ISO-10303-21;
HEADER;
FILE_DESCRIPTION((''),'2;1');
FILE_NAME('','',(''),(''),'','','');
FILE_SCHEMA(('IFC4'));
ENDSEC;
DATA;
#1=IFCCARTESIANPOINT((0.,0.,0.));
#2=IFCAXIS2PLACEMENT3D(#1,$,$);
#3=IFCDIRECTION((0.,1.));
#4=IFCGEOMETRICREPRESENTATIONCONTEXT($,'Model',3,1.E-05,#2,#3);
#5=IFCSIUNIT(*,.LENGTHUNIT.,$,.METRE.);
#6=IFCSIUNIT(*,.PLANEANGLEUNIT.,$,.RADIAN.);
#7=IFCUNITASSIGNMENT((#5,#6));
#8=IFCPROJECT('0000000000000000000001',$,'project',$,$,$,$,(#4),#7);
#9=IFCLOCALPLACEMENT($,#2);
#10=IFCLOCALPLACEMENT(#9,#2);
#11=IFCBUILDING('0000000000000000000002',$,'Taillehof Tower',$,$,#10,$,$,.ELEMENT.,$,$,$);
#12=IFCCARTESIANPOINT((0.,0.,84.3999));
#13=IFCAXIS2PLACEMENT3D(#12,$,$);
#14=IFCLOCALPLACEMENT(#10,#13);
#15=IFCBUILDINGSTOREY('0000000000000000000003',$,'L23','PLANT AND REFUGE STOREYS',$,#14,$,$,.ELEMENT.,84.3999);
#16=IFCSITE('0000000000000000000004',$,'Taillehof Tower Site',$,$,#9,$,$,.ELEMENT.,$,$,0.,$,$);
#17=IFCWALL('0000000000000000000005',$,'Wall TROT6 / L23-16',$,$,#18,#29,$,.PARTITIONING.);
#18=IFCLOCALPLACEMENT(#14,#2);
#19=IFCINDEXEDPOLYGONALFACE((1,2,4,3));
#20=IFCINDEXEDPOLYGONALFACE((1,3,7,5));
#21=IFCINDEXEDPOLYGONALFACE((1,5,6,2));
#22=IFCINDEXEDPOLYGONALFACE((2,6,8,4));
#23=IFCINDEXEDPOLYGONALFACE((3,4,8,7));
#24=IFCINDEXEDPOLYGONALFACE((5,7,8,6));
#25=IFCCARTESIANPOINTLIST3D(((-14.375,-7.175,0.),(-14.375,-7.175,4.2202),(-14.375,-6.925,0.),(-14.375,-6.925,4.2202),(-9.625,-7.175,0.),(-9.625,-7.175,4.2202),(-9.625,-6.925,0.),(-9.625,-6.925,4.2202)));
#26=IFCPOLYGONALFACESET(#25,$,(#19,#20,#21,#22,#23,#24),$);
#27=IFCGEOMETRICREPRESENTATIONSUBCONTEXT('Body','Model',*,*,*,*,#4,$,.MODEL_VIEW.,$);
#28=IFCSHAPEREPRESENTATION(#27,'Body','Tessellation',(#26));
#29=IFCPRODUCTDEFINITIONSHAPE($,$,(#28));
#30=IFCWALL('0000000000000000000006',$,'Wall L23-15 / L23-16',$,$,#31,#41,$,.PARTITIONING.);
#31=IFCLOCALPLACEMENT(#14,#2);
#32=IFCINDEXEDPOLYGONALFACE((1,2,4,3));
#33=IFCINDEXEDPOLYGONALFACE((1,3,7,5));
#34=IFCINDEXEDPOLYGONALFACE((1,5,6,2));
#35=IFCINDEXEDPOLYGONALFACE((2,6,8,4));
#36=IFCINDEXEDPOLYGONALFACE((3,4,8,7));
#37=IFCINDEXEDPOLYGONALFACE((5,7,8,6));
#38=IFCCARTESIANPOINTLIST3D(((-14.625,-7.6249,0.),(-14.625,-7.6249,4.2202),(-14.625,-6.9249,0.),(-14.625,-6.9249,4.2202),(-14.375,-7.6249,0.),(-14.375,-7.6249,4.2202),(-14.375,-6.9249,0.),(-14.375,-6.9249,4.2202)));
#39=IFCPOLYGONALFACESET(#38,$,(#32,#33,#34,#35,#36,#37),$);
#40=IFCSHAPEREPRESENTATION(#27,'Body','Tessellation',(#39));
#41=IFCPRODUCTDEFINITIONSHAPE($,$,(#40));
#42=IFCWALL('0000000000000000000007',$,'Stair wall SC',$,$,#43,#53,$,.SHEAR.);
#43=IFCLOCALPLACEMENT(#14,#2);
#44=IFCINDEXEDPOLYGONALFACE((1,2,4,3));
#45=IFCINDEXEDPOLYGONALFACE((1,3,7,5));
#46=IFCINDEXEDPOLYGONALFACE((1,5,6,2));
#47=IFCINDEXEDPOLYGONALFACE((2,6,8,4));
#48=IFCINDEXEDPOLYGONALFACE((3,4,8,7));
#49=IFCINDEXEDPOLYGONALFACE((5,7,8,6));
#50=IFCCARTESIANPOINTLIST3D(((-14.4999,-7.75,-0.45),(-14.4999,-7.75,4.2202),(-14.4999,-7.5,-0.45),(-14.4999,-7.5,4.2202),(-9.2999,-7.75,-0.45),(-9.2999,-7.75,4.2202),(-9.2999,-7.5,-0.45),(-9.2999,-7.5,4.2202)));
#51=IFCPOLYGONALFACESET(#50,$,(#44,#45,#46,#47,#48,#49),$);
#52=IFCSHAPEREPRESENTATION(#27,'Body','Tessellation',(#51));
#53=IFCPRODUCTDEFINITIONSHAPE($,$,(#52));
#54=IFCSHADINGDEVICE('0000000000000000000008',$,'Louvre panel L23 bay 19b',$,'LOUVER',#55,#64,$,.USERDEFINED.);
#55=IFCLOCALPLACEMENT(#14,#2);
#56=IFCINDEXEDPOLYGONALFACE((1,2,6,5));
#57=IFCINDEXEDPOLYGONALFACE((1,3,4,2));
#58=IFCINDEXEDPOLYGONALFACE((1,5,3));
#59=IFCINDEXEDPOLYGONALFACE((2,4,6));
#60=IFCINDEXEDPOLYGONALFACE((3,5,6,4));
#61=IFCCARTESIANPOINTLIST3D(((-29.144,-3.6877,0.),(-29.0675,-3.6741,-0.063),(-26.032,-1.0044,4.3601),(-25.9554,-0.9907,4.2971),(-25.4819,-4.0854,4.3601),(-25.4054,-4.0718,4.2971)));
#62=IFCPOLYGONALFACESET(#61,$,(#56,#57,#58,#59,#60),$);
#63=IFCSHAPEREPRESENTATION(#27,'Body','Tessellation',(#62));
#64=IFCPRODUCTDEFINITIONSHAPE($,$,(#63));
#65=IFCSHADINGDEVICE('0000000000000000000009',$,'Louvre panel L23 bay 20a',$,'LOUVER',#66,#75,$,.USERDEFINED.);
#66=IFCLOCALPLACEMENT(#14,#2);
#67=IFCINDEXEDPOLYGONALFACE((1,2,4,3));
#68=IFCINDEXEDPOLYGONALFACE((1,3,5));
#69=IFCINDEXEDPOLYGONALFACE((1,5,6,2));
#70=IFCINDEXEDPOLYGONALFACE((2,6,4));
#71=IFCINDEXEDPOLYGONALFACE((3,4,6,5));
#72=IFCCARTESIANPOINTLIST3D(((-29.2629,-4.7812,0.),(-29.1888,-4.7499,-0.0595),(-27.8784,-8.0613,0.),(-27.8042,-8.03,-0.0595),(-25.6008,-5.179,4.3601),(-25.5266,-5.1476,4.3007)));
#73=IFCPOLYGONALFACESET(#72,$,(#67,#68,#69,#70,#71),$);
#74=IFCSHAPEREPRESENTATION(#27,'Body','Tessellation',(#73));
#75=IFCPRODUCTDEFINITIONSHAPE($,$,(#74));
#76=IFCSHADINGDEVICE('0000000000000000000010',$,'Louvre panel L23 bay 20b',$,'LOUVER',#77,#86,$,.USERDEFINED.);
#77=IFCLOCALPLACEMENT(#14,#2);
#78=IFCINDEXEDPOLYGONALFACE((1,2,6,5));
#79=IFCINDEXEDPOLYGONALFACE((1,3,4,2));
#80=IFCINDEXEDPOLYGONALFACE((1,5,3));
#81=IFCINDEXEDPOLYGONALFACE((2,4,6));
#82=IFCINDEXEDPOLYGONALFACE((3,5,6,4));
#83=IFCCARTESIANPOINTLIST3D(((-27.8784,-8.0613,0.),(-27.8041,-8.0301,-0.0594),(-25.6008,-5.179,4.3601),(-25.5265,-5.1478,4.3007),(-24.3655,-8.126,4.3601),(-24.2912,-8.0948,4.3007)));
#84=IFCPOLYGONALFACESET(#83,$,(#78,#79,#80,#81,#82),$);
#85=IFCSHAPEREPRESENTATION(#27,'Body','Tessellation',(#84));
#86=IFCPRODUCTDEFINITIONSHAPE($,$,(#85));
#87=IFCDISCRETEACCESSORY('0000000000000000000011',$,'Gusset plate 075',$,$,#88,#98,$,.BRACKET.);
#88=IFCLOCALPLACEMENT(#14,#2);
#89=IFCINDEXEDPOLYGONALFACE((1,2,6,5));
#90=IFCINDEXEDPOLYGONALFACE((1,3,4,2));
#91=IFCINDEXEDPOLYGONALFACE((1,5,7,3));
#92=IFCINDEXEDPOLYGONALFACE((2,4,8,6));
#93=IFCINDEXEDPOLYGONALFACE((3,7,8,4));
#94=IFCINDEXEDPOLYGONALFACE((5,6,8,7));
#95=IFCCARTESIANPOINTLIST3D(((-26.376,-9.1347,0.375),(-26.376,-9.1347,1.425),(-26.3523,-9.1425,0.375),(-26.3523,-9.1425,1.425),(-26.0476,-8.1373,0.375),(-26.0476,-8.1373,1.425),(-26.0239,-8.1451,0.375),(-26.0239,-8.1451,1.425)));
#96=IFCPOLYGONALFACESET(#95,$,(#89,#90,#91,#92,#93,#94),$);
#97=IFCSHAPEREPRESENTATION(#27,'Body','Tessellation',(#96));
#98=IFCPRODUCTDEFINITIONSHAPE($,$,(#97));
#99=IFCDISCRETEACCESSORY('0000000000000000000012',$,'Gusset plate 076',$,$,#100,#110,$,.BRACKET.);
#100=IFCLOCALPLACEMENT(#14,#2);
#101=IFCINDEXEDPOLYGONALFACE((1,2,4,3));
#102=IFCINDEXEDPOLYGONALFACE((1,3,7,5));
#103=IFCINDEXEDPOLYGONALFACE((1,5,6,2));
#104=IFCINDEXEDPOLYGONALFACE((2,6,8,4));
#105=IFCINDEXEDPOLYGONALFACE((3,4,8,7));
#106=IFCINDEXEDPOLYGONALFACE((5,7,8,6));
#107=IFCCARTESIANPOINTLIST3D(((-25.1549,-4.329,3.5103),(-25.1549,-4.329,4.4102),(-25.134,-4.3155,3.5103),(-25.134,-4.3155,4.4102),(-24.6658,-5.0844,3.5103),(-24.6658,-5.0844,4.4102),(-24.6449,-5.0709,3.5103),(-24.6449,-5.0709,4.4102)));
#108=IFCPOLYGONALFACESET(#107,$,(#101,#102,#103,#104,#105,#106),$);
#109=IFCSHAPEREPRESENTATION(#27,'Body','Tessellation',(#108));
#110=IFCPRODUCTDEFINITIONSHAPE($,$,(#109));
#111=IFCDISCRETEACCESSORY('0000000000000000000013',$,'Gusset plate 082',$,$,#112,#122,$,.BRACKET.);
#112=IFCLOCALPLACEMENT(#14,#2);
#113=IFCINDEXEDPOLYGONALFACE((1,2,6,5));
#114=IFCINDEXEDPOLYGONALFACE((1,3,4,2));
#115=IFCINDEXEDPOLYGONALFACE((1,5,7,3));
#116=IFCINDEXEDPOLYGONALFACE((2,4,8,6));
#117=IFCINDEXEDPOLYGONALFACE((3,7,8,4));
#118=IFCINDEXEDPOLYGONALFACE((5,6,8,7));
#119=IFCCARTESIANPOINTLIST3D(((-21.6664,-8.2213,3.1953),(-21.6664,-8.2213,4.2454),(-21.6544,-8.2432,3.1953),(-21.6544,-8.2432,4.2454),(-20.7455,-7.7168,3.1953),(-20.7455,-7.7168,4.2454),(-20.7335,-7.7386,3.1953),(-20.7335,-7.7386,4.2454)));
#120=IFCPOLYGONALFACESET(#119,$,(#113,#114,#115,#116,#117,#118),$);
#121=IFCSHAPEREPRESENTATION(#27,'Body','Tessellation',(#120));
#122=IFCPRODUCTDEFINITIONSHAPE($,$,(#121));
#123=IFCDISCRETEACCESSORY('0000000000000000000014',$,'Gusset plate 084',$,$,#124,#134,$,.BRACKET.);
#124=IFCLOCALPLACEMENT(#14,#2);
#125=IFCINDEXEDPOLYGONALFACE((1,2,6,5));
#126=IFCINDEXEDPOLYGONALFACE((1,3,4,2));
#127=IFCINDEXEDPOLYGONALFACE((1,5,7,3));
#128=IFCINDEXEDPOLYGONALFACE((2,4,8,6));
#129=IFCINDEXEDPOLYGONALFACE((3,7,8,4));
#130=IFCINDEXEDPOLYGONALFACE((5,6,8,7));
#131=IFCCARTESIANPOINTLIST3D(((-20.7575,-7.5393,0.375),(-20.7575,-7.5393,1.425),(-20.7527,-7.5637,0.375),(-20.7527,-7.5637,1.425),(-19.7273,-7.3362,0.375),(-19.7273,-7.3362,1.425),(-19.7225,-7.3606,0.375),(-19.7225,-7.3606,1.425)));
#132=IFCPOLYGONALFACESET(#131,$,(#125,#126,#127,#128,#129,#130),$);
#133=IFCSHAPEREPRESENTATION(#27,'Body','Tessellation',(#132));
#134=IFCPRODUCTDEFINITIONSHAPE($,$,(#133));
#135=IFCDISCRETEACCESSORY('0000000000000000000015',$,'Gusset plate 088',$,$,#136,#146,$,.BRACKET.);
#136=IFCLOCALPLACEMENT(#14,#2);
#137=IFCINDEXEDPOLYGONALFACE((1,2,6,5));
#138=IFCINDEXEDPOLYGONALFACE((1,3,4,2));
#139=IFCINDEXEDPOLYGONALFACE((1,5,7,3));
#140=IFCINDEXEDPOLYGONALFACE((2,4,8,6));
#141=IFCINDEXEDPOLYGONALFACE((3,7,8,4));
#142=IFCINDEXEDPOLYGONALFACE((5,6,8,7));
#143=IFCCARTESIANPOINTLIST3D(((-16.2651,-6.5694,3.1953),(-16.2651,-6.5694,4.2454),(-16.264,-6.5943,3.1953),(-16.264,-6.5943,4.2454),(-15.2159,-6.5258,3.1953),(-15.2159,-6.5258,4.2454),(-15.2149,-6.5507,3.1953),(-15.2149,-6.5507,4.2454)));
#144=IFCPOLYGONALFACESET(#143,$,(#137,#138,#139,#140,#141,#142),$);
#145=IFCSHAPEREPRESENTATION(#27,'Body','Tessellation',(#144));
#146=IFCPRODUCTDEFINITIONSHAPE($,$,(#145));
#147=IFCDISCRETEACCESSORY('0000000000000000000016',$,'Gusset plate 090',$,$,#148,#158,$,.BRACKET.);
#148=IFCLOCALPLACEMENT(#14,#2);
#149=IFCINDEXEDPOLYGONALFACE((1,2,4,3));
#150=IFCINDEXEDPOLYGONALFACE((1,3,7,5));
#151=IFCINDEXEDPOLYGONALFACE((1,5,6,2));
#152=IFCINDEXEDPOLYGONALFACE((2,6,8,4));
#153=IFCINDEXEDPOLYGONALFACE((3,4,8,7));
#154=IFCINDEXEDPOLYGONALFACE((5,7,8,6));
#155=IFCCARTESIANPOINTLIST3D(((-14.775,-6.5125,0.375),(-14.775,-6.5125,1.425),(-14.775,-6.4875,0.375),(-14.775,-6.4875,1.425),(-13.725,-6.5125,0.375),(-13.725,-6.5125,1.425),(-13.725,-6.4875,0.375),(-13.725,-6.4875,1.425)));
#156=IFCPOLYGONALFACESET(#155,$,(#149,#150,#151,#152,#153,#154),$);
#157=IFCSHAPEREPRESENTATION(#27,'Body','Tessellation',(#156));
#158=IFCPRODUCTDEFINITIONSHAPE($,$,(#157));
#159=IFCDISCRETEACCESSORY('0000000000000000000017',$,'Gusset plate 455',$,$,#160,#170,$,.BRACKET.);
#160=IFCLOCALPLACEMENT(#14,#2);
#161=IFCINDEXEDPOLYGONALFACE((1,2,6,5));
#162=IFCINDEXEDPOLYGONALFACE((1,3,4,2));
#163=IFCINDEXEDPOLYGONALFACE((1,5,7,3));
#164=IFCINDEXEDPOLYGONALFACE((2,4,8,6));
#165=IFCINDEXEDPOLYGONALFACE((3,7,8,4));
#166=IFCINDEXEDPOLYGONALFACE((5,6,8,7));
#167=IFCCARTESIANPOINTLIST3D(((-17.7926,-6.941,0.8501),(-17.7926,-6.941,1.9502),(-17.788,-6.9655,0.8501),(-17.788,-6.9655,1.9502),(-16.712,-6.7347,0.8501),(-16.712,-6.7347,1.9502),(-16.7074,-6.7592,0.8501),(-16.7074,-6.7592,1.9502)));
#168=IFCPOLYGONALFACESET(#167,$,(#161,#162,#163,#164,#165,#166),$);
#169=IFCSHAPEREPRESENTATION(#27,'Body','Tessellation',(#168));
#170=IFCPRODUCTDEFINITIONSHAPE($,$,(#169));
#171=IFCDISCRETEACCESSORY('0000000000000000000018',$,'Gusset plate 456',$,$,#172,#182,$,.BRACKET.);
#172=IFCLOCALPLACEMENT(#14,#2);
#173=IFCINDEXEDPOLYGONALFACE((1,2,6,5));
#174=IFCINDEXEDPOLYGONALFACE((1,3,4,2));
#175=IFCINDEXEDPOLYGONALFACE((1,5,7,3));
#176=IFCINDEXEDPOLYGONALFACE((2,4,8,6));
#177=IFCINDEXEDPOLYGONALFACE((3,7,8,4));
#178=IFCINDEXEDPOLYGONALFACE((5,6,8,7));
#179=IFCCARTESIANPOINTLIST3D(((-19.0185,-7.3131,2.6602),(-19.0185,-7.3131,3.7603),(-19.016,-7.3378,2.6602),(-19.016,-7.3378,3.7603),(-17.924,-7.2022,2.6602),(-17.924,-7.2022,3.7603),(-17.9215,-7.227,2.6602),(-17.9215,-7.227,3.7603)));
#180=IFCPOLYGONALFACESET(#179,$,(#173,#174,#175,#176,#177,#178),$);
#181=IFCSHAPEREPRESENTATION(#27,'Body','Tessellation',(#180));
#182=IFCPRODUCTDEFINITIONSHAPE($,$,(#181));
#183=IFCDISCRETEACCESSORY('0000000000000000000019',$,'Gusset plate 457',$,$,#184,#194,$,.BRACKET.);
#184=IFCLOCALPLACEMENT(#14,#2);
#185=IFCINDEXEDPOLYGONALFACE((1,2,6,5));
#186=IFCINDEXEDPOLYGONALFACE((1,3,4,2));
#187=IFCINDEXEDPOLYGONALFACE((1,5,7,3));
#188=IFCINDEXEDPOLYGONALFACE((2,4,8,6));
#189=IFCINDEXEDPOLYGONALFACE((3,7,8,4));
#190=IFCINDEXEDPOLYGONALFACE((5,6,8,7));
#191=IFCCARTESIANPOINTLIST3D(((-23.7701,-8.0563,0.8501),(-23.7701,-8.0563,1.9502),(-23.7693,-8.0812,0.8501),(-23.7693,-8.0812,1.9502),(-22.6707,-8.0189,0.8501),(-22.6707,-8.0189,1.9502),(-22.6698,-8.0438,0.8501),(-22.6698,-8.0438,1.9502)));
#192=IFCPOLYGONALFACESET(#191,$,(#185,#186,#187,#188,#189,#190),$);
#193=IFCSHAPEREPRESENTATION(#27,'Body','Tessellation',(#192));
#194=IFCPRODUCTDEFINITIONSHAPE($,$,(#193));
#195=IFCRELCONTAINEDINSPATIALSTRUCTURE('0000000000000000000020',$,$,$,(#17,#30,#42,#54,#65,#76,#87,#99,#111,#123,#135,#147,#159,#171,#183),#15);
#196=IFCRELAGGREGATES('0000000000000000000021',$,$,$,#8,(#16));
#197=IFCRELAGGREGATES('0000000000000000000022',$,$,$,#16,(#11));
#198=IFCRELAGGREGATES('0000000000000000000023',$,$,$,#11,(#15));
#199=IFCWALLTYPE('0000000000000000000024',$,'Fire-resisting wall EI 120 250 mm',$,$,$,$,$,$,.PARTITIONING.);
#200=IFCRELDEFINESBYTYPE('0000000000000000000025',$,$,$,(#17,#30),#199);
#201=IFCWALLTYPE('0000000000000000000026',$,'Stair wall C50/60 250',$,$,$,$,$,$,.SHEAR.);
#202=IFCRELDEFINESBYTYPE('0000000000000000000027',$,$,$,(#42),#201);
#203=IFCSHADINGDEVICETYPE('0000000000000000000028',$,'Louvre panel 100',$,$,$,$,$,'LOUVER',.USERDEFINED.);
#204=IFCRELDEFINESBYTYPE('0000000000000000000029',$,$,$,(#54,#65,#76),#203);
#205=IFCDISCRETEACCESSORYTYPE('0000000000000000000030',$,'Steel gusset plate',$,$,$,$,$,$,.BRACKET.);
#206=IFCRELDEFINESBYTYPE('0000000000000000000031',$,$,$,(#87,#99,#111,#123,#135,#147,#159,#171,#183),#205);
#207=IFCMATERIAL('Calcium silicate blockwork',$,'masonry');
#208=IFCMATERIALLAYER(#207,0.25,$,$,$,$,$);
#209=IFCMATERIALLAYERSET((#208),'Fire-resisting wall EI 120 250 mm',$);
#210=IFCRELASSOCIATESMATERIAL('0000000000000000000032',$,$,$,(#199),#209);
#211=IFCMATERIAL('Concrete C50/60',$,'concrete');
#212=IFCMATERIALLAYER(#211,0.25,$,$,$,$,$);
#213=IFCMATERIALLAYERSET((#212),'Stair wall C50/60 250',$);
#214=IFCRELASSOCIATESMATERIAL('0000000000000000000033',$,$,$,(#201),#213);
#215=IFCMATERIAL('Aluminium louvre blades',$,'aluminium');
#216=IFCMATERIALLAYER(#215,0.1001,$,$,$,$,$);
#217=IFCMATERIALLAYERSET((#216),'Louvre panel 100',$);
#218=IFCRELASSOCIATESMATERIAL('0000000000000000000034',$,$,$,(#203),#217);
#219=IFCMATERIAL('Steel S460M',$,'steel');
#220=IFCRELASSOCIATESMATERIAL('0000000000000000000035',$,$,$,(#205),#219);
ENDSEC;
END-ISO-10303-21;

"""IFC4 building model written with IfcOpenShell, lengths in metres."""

from ifc_helpers import new_model, si_unit, direction, frame, frame_2d, origin, origin_2d, place, context, subcontext, project, spatial, polyline, rectangle, outline, extrude, material, layer, layer_set, type_object, element, save


model = new_model("IFC4")

# Units and contexts
model_context = context("Model", 3, precision=1e-05, world=origin(), true_north=direction((0.0, 1.0)))
body_context = subcontext(model_context, "Body", "Model", "MODEL_VIEW")
ifc_project = project(units=[si_unit("LENGTHUNIT", "METRE"), si_unit("PLANEANGLEUNIT", "RADIAN")], contexts=[model_context])

# Site, building, storey
site_placement = place(None, origin())
site = spatial("IfcSite", under=ifc_project, at=site_placement, Name="Taillehof Tower Site", CompositionType="ELEMENT", RefElevation=0.0)
building_placement = place(site_placement, origin())
building = spatial("IfcBuilding", under=site, at=building_placement, Name="Taillehof Tower", CompositionType="ELEMENT")
storey_placement = place(building_placement, frame((0.0, 0.0, 84.3999)))
storey = spatial("IfcBuildingStorey", under=building, at=storey_placement, Name="L23", Description="PLANT AND REFUGE STOREYS", CompositionType="ELEMENT", Elevation=84.3999)

# Walls
ifc_material_1 = material(Name="Calcium silicate blockwork", Category="masonry")
ifc_layer_1 = layer(ifc_material_1, 0.25)
ifc_layer_set_1 = layer_set([ifc_layer_1], Name="Fire-resisting wall EI 120 250 mm")
wall_type_1 = type_object("IfcWallType", Name="Fire-resisting wall EI 120 250 mm", PredefinedType="PARTITIONING", material=ifc_layer_set_1)
wall_1_placement = place(storey_placement, frame((-14.375, -7.05, 0.0), z_axis=(0.0, 0.0, 1.0), x_axis=(1.0, 0.0, 0.0)))
element("IfcWall", 1, at=wall_1_placement, inside=storey, type_object=wall_type_1, Name="Wall TROT6 / L23-16", PredefinedType="PARTITIONING", context=body_context, shape_type="SweptSolid", body=[
    extrude(rectangle(XDim=4.75, YDim=0.25, at=frame_2d((2.375, 0.0))), origin(), (0.0, 0.0, 1.0), 4.2202),
])
wall_2_placement = place(storey_placement, frame((-14.5, -7.625, 0.0), z_axis=(0.0, 0.0, 1.0), x_axis=(0.0, 1.0, 0.0)))
element("IfcWall", 2, at=wall_2_placement, inside=storey, type_object=wall_type_1, Name="Wall L23-15 / L23-16", PredefinedType="PARTITIONING", context=body_context, shape_type="SweptSolid", body=[
    extrude(rectangle(XDim=0.7, YDim=0.25, at=frame_2d((0.3501, 0.0))), origin(), (0.0, 0.0, 1.0), 4.2202),
])
ifc_material_2 = material(Name="Concrete C50/60", Category="concrete")
ifc_layer_2 = layer(ifc_material_2, 0.25)
ifc_layer_set_2 = layer_set([ifc_layer_2], Name="Stair wall C50/60 250")
wall_type_2 = type_object("IfcWallType", Name="Stair wall C50/60 250", PredefinedType="SHEAR", material=ifc_layer_set_2)
wall_3_placement = place(storey_placement, frame((-14.5, -7.625, -0.45), z_axis=(0.0, 0.0, 1.0), x_axis=(1.0, 0.0, 0.0)))
element("IfcWall", 3, at=wall_3_placement, inside=storey, type_object=wall_type_2, Name="Stair wall SC", PredefinedType="SHEAR", context=body_context, shape_type="SweptSolid", body=[
    extrude(rectangle(XDim=5.2, YDim=0.25, at=frame_2d((2.6001, 0.0))), origin(), (0.0, 0.0, 1.0), 4.6702),
])

# Shading devices
ifc_material_3 = material(Name="Aluminium louvre blades", Category="aluminium")
ifc_layer_3 = layer(ifc_material_3, 0.1001)
ifc_layer_set_3 = layer_set([ifc_layer_3], Name="Louvre panel 100")
shading_device_type = type_object("IfcShadingDeviceType", Name="Louvre panel 100", ElementType="LOUVER", PredefinedType="USERDEFINED", material=ifc_layer_set_3)
shading_device_1_placement = place(storey_placement, frame((-29.144, -3.6877, 0.0), z_axis=(-0.764666, -0.136513, 0.629801), x_axis=(0.64159, -0.069677, 0.763877)))
element("IfcShadingDevice", 4, at=shading_device_1_placement, inside=storey, type_object=shading_device_type, Name="Louvre panel L23 bay 19b", ObjectType="LOUVER", PredefinedType="USERDEFINED", context=body_context, shape_type="SweptSolid", body=[
    extrude(outline(polyline([(0.0, 0.0), (5.7079, 0.0), (5.1403, 3.0779), (0.0, 0.0)])), origin(), (0.0, 0.0, -1.0), 0.1001),
])
shading_device_2_placement = place(storey_placement, frame((-29.2629, -4.7812, 0.0), z_axis=(-0.741161, -0.312849, 0.593974), x_axis=(0.388882, -0.921288, 0.0)))
element("IfcShadingDevice", 5, at=shading_device_2_placement, inside=storey, type_object=shading_device_type, Name="Louvre panel L23 bay 20a", ObjectType="LOUVER", PredefinedType="USERDEFINED", context=body_context, shape_type="SweptSolid", body=[
    extrude(outline(polyline([(0.0, 0.0), (3.5603, 0.0), (1.7905, 5.4198), (0.0, 0.0)])), origin(), (0.0, 0.0, -1.0), 0.1001),
])
shading_device_3_placement = place(storey_placement, frame((-27.8784, -8.0613, 0.0), z_axis=(-0.742293, -0.311159, 0.593448), x_axis=(0.627356, -0.011554, 0.778647)))
element("IfcShadingDevice", 6, at=shading_device_3_placement, inside=storey, type_object=shading_device_type, Name="Louvre panel L23 bay 20b", ObjectType="LOUVER", PredefinedType="USERDEFINED", context=body_context, shape_type="SweptSolid", body=[
    extrude(outline(polyline([(0.0, 0.0), (5.5996, 0.0), (4.7905, 3.0914), (0.0, 0.0)])), origin(), (0.0, 0.0, -1.0), 0.1001),
])

# Discrete accessories
ifc_material_4 = material(Name="Steel S460M", Category="steel")
discrete_accessory_type = type_object("IfcDiscreteAccessoryType", Name="Steel gusset plate", PredefinedType="BRACKET", material=ifc_material_4)
discrete_accessory_1_placement = place(storey_placement, frame((-26.2, -8.6399, 0.375), z_axis=(0.0, 0.0, 1.0), x_axis=(-0.312708, -0.949849, 0.0)))
element("IfcDiscreteAccessory", 7, at=discrete_accessory_1_placement, inside=storey, type_object=discrete_accessory_type, Name="Gusset plate 075", PredefinedType="BRACKET", context=body_context, shape_type="SweptSolid", body=[
    extrude(rectangle(XDim=1.05, YDim=0.0249, at=origin_2d()), origin(), (0.0, 0.0, 1.0), 1.05),
])
discrete_accessory_2_placement = place(storey_placement, frame((-24.8999, -4.7, 3.5103), z_axis=(0.0, 0.0, 1.0), x_axis=(0.543514, -0.8394, 0.0)))
element("IfcDiscreteAccessory", 8, at=discrete_accessory_2_placement, inside=storey, type_object=discrete_accessory_type, Name="Gusset plate 076", PredefinedType="BRACKET", context=body_context, shape_type="SweptSolid", body=[
    extrude(rectangle(XDim=0.8999, YDim=0.0249, at=origin_2d()), origin(), (0.0, 0.0, 1.0), 0.8999),
])
for number, where, z_axis, x_axis, name in (
    (9, (-21.2, -7.98, 3.1953), (0.0, 0.0, 1.0), (-0.876986, -0.480516, 0.0), "Gusset plate 082"),
    (10, (-20.24, -7.45, 0.375), (0.0, 0.0, 1.0), (-0.981126, -0.193371, 0.0), "Gusset plate 084"),
    (11, (-15.74, -6.5601, 3.1953), (0.0, 0.0, 1.0), (-0.99914, -0.041471, 0.0), "Gusset plate 088"),
    (12, (-14.25, -6.5, 0.375), (0.0, 0.0, 1.0), (-1.0, 0.0, 0.0), "Gusset plate 090"),
):
    element("IfcDiscreteAccessory", number, at=place(storey_placement, frame(where, z_axis=z_axis, x_axis=x_axis)), inside=storey, type_object=discrete_accessory_type, Name=name, PredefinedType="BRACKET", context=body_context, shape_type="SweptSolid", body=[
        extrude(rectangle(XDim=1.05, YDim=0.0249, at=origin_2d()), origin(), (0.0, 0.0, 1.0), 1.05),
    ])
for number, where, z_axis, x_axis, name in (
    (13, (-17.25, -6.8501, 0.8501), (0.0, 0.0, 1.0), (0.982255, 0.187549, 0.0), "Gusset plate 455"),
    (14, (-18.47, -7.27, 2.6602), (0.0, 0.0, 1.0), (0.994907, 0.100794, 0.0), "Gusset plate 456"),
    (15, (-23.22, -8.05, 0.8501), (0.0, 0.0, 1.0), (0.999422, 0.033982, 0.0), "Gusset plate 457"),
):
    element("IfcDiscreteAccessory", number, at=place(storey_placement, frame(where, z_axis=z_axis, x_axis=x_axis)), inside=storey, type_object=discrete_accessory_type, Name=name, PredefinedType="BRACKET", context=body_context, shape_type="SweptSolid", body=[
        extrude(rectangle(XDim=1.1001, YDim=0.0249, at=origin_2d()), origin(), (0.0, 0.0, 1.0), 1.1001),
    ])

save(model, "model.ifc")
